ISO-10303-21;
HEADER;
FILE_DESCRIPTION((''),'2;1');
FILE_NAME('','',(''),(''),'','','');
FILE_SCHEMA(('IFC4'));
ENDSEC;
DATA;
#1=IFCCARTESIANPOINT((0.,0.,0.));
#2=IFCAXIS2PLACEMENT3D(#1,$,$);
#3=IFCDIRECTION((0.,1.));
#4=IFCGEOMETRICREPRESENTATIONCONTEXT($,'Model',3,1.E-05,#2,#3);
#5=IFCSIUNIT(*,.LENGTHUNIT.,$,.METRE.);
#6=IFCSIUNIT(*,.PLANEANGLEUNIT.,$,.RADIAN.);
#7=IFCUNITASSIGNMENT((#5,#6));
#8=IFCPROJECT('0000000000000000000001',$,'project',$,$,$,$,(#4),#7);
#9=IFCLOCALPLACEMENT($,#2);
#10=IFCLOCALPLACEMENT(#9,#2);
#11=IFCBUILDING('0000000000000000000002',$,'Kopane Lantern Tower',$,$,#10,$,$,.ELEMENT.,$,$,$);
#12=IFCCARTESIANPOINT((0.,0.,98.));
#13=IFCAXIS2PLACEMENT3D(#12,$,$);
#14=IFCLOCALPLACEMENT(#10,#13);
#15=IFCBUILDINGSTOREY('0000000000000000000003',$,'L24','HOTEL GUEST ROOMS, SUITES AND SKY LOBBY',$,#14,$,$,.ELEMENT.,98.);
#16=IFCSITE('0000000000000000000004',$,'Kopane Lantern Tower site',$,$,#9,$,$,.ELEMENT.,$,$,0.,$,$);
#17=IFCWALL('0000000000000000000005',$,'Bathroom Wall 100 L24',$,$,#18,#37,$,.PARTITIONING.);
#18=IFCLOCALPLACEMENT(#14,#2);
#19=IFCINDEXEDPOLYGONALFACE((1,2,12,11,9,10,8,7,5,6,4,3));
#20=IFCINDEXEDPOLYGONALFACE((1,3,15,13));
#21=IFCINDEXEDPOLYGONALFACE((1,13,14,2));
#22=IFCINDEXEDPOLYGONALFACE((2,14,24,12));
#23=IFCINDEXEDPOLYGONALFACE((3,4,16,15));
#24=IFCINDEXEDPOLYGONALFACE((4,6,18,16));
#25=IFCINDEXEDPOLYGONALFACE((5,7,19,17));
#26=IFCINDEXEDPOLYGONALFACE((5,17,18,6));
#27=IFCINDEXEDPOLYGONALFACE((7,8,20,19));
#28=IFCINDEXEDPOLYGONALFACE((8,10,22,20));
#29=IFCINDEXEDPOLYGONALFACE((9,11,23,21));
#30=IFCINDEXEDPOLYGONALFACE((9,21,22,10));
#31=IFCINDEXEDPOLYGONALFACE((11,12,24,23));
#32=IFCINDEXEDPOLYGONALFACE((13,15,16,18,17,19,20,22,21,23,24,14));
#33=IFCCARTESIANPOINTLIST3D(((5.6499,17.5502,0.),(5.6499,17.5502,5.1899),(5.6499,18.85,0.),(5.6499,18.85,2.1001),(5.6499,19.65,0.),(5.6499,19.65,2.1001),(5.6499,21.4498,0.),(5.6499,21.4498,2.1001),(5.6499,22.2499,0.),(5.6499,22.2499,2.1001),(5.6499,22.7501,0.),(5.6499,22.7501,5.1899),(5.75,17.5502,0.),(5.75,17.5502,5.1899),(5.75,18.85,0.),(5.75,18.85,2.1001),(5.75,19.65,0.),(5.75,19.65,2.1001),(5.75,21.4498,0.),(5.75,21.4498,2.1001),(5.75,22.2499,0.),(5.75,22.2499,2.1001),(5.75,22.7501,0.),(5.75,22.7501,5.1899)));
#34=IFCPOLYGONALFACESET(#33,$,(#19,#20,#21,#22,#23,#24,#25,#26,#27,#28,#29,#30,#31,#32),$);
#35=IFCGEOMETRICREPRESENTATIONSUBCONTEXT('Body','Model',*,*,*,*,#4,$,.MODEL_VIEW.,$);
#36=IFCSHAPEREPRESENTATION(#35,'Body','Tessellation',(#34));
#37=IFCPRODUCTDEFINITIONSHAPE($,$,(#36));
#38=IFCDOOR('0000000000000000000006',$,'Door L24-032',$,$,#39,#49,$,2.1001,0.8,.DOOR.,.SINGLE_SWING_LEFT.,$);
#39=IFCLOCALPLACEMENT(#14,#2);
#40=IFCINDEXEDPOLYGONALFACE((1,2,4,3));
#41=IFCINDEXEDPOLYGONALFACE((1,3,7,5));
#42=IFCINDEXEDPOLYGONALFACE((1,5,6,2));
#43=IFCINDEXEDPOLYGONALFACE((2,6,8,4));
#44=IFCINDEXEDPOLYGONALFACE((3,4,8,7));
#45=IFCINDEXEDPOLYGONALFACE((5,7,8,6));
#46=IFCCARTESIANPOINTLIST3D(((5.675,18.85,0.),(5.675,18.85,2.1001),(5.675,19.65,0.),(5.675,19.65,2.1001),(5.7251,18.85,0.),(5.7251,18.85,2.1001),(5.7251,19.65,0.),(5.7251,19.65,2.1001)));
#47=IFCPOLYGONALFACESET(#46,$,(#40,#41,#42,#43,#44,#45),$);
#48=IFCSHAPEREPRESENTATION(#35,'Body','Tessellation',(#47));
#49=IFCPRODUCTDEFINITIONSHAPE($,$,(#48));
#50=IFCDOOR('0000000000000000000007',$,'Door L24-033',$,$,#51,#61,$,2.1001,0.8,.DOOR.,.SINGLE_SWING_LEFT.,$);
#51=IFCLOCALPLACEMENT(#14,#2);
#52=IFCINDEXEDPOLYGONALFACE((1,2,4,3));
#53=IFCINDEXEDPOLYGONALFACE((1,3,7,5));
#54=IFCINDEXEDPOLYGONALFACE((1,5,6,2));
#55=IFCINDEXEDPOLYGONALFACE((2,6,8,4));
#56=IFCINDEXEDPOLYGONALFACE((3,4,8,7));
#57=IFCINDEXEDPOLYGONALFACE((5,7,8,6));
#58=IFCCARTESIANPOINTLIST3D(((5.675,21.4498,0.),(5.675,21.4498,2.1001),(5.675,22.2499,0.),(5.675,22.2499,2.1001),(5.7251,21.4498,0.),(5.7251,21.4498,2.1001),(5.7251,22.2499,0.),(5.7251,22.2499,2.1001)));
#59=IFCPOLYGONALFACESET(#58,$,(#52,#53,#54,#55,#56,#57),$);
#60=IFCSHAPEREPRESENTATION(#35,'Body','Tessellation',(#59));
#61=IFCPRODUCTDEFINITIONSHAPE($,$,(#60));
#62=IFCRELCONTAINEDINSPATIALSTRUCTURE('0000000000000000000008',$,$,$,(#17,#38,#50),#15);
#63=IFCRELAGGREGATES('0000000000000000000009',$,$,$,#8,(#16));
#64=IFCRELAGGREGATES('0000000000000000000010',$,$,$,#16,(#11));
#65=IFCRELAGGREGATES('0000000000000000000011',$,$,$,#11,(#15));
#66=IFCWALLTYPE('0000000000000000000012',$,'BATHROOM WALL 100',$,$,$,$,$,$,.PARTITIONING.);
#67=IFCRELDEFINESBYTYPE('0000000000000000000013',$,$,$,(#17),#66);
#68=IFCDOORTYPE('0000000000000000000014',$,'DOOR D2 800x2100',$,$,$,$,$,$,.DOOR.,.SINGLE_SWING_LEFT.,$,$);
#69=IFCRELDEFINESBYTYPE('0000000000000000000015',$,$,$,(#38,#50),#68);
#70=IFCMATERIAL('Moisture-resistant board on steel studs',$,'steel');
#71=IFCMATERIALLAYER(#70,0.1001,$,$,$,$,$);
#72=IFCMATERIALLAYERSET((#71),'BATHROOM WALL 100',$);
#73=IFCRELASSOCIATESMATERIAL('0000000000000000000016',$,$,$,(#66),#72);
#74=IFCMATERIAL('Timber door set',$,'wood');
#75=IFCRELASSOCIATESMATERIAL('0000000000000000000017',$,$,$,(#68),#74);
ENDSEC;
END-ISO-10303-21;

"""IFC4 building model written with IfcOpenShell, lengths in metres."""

from ifc_helpers import new_model, si_unit, direction, frame, frame_2d, origin, place, context, subcontext, project, spatial, rectangle, extrude, material, layer, layer_set, type_object, element, fill, save


model = new_model("IFC4")

# Units and contexts
model_context = context("Model", 3, precision=1e-05, world=origin(), true_north=direction((0.0, 1.0)))
body_context = subcontext(model_context, "Body", "Model", "MODEL_VIEW")
ifc_project = project(units=[si_unit("LENGTHUNIT", "METRE"), si_unit("PLANEANGLEUNIT", "RADIAN")], contexts=[model_context])

# Site, building, storey
site_placement = place(None, origin())
site = spatial("IfcSite", under=ifc_project, at=site_placement, Name="Kopane Lantern Tower site", CompositionType="ELEMENT", RefElevation=0.0)
building_placement = place(site_placement, origin())
building = spatial("IfcBuilding", under=site, at=building_placement, Name="Kopane Lantern Tower", CompositionType="ELEMENT")
storey_placement = place(building_placement, frame((0.0, 0.0, 98.0)))
storey = spatial("IfcBuildingStorey", under=building, at=storey_placement, Name="L24", Description="HOTEL GUEST ROOMS, SUITES AND SKY LOBBY", CompositionType="ELEMENT", Elevation=98.0)

# Wall, openings, doors
ifc_material_1 = material(Name="Moisture-resistant board on steel studs", Category="steel")
ifc_layer_1 = layer(ifc_material_1, 0.1001)
ifc_layer_set_1 = layer_set([ifc_layer_1], Name="BATHROOM WALL 100")
wall_type = type_object("IfcWallType", Name="BATHROOM WALL 100", PredefinedType="PARTITIONING", material=ifc_layer_set_1)
wall_placement = place(storey_placement, frame((5.7, 17.55, 0.0), z_axis=(0.0, 0.0, 1.0), x_axis=(0.0, 1.0, 0.0)))
wall = element("IfcWall", 1, at=wall_placement, inside=storey, type_object=wall_type, Name="Bathroom Wall 100 L24", PredefinedType="PARTITIONING", context=body_context, shape_type="SweptSolid", body=[
    extrude(rectangle(XDim=5.2, YDim=0.1001, at=frame_2d((2.6001, 0.0))), origin(), (0.0, 0.0, 1.0), 5.1899),
])
opening_1_placement = place(wall_placement, frame((1.3, 0.0, 0.0)))
opening_1 = element("IfcOpeningElement", 2, at=opening_1_placement, cuts=wall, PredefinedType="OPENING", context=body_context, shape_type="SweptSolid", body=[
    extrude(rectangle(XDim=0.8, YDim=2.1001, at=frame_2d((0.3999, 1.05))), frame((0.0, 0.0601, 0.0), z_axis=(0.0, -1.0, 0.0), x_axis=(1.0, 0.0, 0.0)), (0.0, 0.0, 1.0), 0.1201),
])
opening_2_placement = place(wall_placement, frame((3.8999, 0.0, 0.0)))
opening_2 = element("IfcOpeningElement", 3, at=opening_2_placement, cuts=wall, PredefinedType="OPENING", context=body_context, shape_type="SweptSolid", body=[
    extrude(rectangle(XDim=0.8, YDim=2.1001, at=frame_2d((0.3999, 1.05))), frame((0.0, 0.0601, 0.0), z_axis=(0.0, -1.0, 0.0), x_axis=(1.0, 0.0, 0.0)), (0.0, 0.0, 1.0), 0.1201),
])
ifc_material_2 = material(Name="Timber door set", Category="wood")
door_type = type_object("IfcDoorType", Name="DOOR D2 800x2100", OperationType="SINGLE_SWING_LEFT", PredefinedType="DOOR", material=ifc_material_2)
door_1_placement = place(opening_1_placement, origin())
door_1 = element("IfcDoor", 4, at=door_1_placement, inside=storey, type_object=door_type, Name="Door L24-032", OperationType="SINGLE_SWING_LEFT", OverallHeight=2.1001, OverallWidth=0.8, PredefinedType="DOOR", context=body_context, shape_type="SweptSolid", body=[
    extrude(rectangle(XDim=0.8, YDim=2.1001, at=frame_2d((0.3999, 1.05))), frame((0.0, 0.0249, 0.0), z_axis=(0.0, -1.0, 0.0), x_axis=(1.0, 0.0, 0.0)), (0.0, 0.0, 1.0), 0.05),
])
fill(opening_1, door_1)
door_2_placement = place(opening_2_placement, origin())
door_2 = element("IfcDoor", 5, at=door_2_placement, inside=storey, type_object=door_type, Name="Door L24-033", OperationType="SINGLE_SWING_LEFT", OverallHeight=2.1001, OverallWidth=0.8, PredefinedType="DOOR", context=body_context, shape_type="SweptSolid", body=[
    extrude(rectangle(XDim=0.8, YDim=2.1001, at=frame_2d((0.3999, 1.05))), frame((0.0, 0.0249, 0.0), z_axis=(0.0, -1.0, 0.0), x_axis=(1.0, 0.0, 0.0)), (0.0, 0.0, 1.0), 0.05),
])
fill(opening_2, door_2)

save(model, "model.ifc")
